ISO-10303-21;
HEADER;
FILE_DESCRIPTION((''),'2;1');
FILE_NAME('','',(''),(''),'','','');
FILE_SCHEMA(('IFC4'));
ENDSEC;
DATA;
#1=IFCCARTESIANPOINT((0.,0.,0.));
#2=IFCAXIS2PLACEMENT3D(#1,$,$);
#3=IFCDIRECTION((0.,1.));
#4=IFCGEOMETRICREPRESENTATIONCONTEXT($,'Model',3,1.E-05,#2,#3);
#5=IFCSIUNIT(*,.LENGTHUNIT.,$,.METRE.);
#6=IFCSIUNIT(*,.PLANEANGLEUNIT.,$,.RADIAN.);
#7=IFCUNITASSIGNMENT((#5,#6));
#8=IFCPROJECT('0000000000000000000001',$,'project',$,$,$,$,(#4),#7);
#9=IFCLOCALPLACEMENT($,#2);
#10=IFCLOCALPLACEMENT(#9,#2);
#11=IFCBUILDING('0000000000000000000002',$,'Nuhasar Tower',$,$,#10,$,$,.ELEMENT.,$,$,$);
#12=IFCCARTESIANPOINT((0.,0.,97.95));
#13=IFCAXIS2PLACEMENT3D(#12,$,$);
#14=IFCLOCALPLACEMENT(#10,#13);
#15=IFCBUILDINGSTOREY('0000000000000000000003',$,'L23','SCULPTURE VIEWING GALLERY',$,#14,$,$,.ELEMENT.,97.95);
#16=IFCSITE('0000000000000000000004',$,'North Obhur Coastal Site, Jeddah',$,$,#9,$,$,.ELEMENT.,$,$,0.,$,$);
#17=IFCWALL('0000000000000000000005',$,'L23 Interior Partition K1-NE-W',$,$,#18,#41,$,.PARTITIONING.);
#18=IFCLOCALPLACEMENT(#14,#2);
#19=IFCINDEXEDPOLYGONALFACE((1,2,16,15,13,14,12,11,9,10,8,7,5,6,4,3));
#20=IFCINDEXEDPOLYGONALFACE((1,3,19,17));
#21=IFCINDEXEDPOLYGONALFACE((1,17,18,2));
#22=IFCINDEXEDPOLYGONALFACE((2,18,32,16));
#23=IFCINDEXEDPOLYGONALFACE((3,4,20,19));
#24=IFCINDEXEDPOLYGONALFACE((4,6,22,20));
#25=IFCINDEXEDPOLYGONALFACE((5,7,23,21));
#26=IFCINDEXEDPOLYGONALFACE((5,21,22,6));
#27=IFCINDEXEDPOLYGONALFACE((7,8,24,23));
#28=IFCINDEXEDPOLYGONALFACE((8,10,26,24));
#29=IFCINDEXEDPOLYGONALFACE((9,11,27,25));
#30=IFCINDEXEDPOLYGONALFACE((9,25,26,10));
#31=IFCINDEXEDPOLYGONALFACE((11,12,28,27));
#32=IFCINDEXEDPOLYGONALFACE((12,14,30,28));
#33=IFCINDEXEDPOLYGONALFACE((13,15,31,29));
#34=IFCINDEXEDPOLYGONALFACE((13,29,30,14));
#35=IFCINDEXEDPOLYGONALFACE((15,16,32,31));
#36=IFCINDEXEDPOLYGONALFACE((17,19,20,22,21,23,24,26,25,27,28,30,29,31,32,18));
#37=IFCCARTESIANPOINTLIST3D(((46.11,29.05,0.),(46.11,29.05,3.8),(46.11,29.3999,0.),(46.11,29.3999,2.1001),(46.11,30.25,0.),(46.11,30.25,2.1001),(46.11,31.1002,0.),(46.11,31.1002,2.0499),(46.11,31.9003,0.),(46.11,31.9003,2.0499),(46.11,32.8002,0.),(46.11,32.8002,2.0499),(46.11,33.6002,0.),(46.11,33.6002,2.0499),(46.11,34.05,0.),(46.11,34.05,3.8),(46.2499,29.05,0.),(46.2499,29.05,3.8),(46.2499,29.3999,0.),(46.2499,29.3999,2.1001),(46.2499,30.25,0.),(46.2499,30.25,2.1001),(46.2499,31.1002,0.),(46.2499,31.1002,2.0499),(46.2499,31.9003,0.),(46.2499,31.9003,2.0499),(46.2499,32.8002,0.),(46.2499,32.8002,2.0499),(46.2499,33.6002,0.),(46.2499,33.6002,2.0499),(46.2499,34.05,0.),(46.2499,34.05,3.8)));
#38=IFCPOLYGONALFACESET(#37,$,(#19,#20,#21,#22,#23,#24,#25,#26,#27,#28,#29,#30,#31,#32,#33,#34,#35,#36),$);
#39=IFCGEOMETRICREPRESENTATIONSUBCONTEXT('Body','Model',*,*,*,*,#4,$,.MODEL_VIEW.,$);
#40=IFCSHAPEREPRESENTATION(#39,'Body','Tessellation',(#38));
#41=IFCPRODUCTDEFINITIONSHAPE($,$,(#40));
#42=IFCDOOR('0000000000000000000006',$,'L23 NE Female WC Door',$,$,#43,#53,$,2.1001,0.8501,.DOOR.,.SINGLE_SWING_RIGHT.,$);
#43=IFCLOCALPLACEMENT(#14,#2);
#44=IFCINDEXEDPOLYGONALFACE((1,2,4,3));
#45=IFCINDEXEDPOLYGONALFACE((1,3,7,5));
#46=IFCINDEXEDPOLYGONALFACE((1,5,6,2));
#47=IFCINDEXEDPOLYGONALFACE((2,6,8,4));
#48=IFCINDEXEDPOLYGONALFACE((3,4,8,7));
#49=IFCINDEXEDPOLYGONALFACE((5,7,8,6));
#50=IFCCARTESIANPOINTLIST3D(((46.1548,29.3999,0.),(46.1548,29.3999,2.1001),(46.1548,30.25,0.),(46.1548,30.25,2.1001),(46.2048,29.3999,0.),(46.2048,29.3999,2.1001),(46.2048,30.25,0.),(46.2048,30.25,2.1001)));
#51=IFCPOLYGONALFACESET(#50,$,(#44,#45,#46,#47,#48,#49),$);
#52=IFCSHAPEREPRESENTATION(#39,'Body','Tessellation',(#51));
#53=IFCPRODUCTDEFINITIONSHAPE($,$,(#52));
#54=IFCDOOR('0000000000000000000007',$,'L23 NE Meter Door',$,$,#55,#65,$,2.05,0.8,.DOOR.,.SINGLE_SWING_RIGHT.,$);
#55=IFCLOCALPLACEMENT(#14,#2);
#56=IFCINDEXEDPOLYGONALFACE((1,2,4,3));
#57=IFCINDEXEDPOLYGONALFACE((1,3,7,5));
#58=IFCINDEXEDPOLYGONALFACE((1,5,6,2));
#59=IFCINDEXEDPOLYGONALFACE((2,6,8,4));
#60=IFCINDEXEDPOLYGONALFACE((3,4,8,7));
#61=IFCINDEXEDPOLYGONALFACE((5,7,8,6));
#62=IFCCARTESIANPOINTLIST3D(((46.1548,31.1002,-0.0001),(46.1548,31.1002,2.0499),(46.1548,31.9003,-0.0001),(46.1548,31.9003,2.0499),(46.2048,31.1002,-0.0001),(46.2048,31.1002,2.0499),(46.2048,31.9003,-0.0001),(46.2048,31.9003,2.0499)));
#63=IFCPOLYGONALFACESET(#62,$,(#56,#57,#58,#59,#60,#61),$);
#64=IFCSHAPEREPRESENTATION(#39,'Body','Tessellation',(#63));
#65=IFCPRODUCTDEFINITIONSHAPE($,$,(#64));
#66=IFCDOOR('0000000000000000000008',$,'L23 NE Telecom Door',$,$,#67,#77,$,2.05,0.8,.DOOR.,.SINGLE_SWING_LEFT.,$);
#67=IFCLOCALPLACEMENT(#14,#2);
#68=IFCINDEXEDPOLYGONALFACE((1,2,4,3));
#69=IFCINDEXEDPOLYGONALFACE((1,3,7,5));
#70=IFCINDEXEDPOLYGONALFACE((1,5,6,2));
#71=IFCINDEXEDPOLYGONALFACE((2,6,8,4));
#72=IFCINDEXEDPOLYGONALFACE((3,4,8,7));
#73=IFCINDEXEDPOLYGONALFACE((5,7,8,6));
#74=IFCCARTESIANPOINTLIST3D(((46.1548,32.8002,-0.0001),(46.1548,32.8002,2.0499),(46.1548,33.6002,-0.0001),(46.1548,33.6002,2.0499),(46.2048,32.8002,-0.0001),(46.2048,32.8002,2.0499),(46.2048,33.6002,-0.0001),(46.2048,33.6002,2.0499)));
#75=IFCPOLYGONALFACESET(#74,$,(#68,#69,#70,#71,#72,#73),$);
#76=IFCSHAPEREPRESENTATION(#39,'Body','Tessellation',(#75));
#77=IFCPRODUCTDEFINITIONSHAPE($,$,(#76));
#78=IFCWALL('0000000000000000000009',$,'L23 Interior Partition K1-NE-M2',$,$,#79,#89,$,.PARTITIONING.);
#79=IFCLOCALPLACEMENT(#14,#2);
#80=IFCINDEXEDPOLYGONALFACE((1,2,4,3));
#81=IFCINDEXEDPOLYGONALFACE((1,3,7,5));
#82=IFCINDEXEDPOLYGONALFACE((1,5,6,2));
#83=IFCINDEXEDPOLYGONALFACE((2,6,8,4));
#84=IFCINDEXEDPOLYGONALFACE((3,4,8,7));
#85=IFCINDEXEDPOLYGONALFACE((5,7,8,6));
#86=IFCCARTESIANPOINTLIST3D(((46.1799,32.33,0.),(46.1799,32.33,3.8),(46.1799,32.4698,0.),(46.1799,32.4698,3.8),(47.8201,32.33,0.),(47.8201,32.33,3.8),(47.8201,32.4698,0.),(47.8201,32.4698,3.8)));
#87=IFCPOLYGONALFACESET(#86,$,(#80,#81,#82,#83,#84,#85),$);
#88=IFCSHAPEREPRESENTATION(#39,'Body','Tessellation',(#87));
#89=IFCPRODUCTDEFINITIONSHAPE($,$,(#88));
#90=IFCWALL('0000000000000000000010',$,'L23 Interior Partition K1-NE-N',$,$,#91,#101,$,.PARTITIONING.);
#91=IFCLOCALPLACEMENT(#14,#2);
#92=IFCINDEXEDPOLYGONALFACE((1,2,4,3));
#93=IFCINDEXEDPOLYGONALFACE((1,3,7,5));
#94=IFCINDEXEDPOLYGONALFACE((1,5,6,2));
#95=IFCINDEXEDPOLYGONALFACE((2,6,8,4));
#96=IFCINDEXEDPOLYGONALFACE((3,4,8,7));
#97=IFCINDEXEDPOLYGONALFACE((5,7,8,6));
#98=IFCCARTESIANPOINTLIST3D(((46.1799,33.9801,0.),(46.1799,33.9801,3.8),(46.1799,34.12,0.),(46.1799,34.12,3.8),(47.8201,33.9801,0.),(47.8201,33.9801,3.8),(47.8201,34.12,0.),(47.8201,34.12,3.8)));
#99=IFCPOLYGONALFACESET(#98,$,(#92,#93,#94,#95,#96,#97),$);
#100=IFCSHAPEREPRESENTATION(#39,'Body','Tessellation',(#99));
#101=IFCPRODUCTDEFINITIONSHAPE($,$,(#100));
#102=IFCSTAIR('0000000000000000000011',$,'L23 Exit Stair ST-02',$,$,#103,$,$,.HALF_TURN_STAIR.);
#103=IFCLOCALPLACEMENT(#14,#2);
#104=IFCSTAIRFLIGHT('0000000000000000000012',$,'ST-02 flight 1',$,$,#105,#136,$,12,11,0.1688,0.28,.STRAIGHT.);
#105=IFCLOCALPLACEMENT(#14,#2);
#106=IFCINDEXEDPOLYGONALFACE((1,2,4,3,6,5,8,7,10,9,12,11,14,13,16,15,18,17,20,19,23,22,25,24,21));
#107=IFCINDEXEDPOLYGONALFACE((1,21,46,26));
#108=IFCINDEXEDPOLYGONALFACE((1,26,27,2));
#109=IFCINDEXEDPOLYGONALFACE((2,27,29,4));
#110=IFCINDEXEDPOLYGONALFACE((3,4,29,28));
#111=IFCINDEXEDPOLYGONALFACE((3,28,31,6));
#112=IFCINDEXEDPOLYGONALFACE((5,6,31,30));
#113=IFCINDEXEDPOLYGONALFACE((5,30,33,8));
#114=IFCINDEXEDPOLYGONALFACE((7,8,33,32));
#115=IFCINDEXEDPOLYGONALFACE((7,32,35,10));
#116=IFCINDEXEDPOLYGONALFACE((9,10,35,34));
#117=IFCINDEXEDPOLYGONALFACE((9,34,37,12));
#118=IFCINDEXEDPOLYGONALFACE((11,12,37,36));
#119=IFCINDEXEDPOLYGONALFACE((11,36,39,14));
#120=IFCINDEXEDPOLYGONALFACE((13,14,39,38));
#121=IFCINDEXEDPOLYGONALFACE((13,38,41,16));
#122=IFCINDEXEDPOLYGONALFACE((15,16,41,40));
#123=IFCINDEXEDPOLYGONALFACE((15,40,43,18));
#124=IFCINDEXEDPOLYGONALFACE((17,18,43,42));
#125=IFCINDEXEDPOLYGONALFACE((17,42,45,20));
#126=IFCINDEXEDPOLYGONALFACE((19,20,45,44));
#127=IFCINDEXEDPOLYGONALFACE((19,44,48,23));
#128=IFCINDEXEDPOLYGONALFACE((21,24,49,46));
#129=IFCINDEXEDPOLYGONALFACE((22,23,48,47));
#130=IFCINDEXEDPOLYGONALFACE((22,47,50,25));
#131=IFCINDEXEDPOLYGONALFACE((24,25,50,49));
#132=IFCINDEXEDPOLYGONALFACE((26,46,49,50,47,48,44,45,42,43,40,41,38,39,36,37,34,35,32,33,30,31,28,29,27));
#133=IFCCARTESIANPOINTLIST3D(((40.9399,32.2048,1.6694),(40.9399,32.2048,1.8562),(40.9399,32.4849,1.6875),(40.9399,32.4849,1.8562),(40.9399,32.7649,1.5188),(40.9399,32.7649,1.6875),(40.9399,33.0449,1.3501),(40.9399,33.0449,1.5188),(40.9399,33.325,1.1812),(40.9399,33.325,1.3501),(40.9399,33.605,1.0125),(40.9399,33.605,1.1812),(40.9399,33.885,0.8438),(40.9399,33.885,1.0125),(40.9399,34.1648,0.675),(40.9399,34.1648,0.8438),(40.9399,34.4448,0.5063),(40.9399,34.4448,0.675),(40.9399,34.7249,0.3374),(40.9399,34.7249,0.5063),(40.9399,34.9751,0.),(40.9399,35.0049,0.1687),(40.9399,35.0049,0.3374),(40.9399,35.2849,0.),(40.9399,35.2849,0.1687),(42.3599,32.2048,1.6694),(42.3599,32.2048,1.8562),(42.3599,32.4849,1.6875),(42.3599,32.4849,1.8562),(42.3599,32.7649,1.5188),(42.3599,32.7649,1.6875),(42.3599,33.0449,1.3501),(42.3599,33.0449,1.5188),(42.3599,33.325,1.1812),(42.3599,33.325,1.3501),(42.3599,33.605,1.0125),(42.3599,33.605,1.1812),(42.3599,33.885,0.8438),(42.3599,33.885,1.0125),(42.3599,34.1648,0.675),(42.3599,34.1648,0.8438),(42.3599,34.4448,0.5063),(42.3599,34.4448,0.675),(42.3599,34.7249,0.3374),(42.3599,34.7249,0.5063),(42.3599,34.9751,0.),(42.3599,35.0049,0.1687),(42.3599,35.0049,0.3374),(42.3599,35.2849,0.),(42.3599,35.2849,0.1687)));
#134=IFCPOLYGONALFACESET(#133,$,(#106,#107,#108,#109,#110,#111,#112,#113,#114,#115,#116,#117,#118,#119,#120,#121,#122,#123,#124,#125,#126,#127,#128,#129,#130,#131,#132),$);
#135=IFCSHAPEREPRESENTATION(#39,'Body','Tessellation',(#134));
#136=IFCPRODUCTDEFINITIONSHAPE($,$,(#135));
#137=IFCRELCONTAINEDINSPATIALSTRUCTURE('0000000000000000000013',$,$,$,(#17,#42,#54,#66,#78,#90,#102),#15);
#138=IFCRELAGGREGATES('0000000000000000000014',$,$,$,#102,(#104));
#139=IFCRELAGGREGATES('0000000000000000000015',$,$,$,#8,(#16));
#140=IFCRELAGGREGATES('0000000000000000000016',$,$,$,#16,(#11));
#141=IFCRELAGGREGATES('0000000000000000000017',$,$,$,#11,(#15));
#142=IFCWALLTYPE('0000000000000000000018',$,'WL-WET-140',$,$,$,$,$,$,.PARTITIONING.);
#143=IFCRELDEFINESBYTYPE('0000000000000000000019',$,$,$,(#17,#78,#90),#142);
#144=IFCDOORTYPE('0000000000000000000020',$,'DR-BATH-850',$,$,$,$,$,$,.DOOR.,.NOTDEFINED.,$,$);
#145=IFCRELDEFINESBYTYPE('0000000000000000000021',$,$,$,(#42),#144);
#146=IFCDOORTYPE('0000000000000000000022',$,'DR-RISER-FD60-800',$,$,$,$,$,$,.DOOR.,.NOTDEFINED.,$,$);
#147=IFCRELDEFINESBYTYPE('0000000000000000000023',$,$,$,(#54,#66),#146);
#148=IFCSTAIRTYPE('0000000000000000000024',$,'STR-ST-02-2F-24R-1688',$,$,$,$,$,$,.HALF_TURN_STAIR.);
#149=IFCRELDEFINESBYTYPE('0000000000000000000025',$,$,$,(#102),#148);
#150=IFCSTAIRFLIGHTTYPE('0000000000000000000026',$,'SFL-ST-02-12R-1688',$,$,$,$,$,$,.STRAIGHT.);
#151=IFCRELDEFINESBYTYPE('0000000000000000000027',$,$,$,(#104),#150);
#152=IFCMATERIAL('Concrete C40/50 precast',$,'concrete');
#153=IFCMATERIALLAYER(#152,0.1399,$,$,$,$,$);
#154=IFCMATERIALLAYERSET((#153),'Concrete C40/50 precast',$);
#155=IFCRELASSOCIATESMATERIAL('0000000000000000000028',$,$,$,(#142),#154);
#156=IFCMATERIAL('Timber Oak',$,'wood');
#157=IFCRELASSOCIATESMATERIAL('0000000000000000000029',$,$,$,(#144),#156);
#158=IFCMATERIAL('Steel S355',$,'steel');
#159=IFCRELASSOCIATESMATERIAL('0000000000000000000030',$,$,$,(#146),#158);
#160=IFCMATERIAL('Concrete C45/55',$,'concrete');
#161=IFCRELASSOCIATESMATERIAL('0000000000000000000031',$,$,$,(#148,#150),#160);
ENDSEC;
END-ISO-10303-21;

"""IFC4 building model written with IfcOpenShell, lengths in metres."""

from ifc_helpers import new_model, si_unit, direction, frame, frame_2d, origin, place, context, subcontext, project, spatial, polyline, rectangle, outline, extrude, material, layer, layer_set, type_object, element, fill, aggregate, save


model = new_model("IFC4")

# Units and contexts
model_context = context("Model", 3, precision=1e-05, world=origin(), true_north=direction((0.0, 1.0)))
body_context = subcontext(model_context, "Body", "Model", "MODEL_VIEW")
ifc_project = project(units=[si_unit("LENGTHUNIT", "METRE"), si_unit("PLANEANGLEUNIT", "RADIAN")], contexts=[model_context])

# Site, building, storey
site_placement = place(None, origin())
site = spatial("IfcSite", under=ifc_project, at=site_placement, Name="North Obhur Coastal Site, Jeddah", CompositionType="ELEMENT", RefElevation=0.0)
building_placement = place(site_placement, origin())
building = spatial("IfcBuilding", under=site, at=building_placement, Name="Nuhasar Tower", CompositionType="ELEMENT")
storey_placement = place(building_placement, frame((0.0, 0.0, 97.95)))
storey = spatial("IfcBuildingStorey", under=building, at=storey_placement, Name="L23", Description="SCULPTURE VIEWING GALLERY", CompositionType="ELEMENT", Elevation=97.95)

# Shared definitions
ifc_material_1 = material(Name="Steel S355", Category="steel")

# Shared definitions
ifc_material_2 = material(Name="Concrete C45/55", Category="concrete")

# Wall, openings, doors
ifc_material_3 = material(Name="Concrete C40/50 precast", Category="concrete")
ifc_layer_1 = layer(ifc_material_3, 0.1399)
ifc_layer_set_1 = layer_set([ifc_layer_1], Name="Concrete C40/50 precast")
wall_type_1 = type_object("IfcWallType", Name="WL-WET-140", PredefinedType="PARTITIONING", material=ifc_layer_set_1)
wall_1_placement = place(storey_placement, frame((46.1799, 34.05, 0.0), z_axis=(0.0, 0.0, 1.0), x_axis=(0.0, -1.0, 0.0)))
wall_1 = element("IfcWall", 1, at=wall_1_placement, inside=storey, type_object=wall_type_1, Name="L23 Interior Partition K1-NE-W", PredefinedType="PARTITIONING", context=body_context, shape_type="SweptSolid", body=[
    extrude(rectangle(XDim=5.0, YDim=0.1399, at=frame_2d((2.5, 0.0))), origin(), (0.0, 0.0, 1.0), 3.8),
])
opening_1_placement = place(wall_1_placement, frame((3.8, 0.0, 0.0)))
opening_1 = element("IfcOpeningElement", 2, at=opening_1_placement, cuts=wall_1, PredefinedType="OPENING", context=body_context, shape_type="SweptSolid", body=[
    extrude(rectangle(XDim=0.8501, YDim=2.1001, at=frame_2d((0.425, 1.05))), frame((0.0, 0.0801, 0.0), z_axis=(0.0, -1.0, 0.0), x_axis=(1.0, 0.0, 0.0)), (0.0, 0.0, 1.0), 0.1599),
])
opening_2_placement = place(wall_1_placement, frame((2.1499, 0.0, 0.0)))
opening_2 = element("IfcOpeningElement", 3, at=opening_2_placement, cuts=wall_1, PredefinedType="OPENING", context=body_context, shape_type="SweptSolid", body=[
    extrude(rectangle(XDim=0.8, YDim=2.05, at=frame_2d((0.3999, 1.0249))), frame((0.0, 0.0801, 0.0), z_axis=(0.0, -1.0, 0.0), x_axis=(1.0, 0.0, 0.0)), (0.0, 0.0, 1.0), 0.1599),
])
opening_3_placement = place(wall_1_placement, frame((0.45, 0.0, 0.0)))
opening_3 = element("IfcOpeningElement", 4, at=opening_3_placement, cuts=wall_1, PredefinedType="OPENING", context=body_context, shape_type="SweptSolid", body=[
    extrude(rectangle(XDim=0.8, YDim=2.05, at=frame_2d((0.3999, 1.0249))), frame((0.0, 0.0801, 0.0), z_axis=(0.0, -1.0, 0.0), x_axis=(1.0, 0.0, 0.0)), (0.0, 0.0, 1.0), 0.1599),
])
ifc_material_4 = material(Name="Timber Oak", Category="wood")
door_type_1 = type_object("IfcDoorType", Name="DR-BATH-850", OperationType="NOTDEFINED", PredefinedType="DOOR", material=ifc_material_4)
door_1_placement = place(opening_1_placement, origin())
door_1 = element("IfcDoor", 5, at=door_1_placement, inside=storey, type_object=door_type_1, Name="L23 NE Female WC Door", OperationType="SINGLE_SWING_RIGHT", OverallHeight=2.1001, OverallWidth=0.8501, PredefinedType="DOOR", context=body_context, shape_type="SweptSolid", body=[
    extrude(rectangle(XDim=0.8501, YDim=2.1001, at=frame_2d((0.425, 1.05))), frame((0.0, 0.0249, 0.0), z_axis=(0.0, -1.0, 0.0), x_axis=(1.0, 0.0, 0.0)), (0.0, 0.0, 1.0), 0.05),
])
fill(opening_1, door_1)
door_type_2 = type_object("IfcDoorType", Name="DR-RISER-FD60-800", OperationType="NOTDEFINED", PredefinedType="DOOR", material=ifc_material_1)
door_2_placement = place(opening_2_placement, origin())
door_2 = element("IfcDoor", 6, at=door_2_placement, inside=storey, type_object=door_type_2, Name="L23 NE Meter Door", OperationType="SINGLE_SWING_RIGHT", OverallHeight=2.05, OverallWidth=0.8, PredefinedType="DOOR", context=body_context, shape_type="SweptSolid", body=[
    extrude(rectangle(XDim=0.8, YDim=2.05, at=frame_2d((0.3999, 1.0249))), frame((0.0, 0.0249, 0.0), z_axis=(0.0, -1.0, 0.0), x_axis=(1.0, 0.0, 0.0)), (0.0, 0.0, 1.0), 0.05),
])
fill(opening_2, door_2)
door_3_placement = place(opening_3_placement, origin())
door_3 = element("IfcDoor", 7, at=door_3_placement, inside=storey, type_object=door_type_2, Name="L23 NE Telecom Door", OperationType="SINGLE_SWING_LEFT", OverallHeight=2.05, OverallWidth=0.8, PredefinedType="DOOR", context=body_context, shape_type="SweptSolid", body=[
    extrude(rectangle(XDim=0.8, YDim=2.05, at=frame_2d((0.3999, 1.0249))), frame((0.0, 0.0249, 0.0), z_axis=(0.0, -1.0, 0.0), x_axis=(1.0, 0.0, 0.0)), (0.0, 0.0, 1.0), 0.05),
])
fill(opening_3, door_3)

# Walls
for number, where, z_axis, x_axis, name in (
    (8, (46.1799, 32.3999, 0.0), (0.0, 0.0, 1.0), (1.0, 0.0, 0.0), "L23 Interior Partition K1-NE-M2"),
    (9, (46.1799, 34.05, 0.0), (0.0, 0.0, 1.0), (1.0, 0.0, 0.0), "L23 Interior Partition K1-NE-N"),
):
    element("IfcWall", number, at=place(storey_placement, frame(where, z_axis=z_axis, x_axis=x_axis)), inside=storey, type_object=wall_type_1, Name=name, PredefinedType="PARTITIONING", context=body_context, shape_type="SweptSolid", body=[
        extrude(rectangle(XDim=1.6401, YDim=0.1399, at=frame_2d((0.8201, 0.0))), origin(), (0.0, 0.0, 1.0), 3.8),
    ])

# Stair, stair flight
stair_type = type_object("IfcStairType", Name="STR-ST-02-2F-24R-1688", PredefinedType="HALF_TURN_STAIR", material=ifc_material_2)
stair_placement = place(storey_placement, origin())
stair = element("IfcStair", 10, at=stair_placement, inside=storey, type_object=stair_type, Name="L23 Exit Stair ST-02", PredefinedType="HALF_TURN_STAIR")
stair_flight_type = type_object("IfcStairFlightType", Name="SFL-ST-02-12R-1688", PredefinedType="STRAIGHT", material=ifc_material_2)
stair_flight_placement = place(storey_placement, frame((41.6499, 35.2849, 0.0), z_axis=(0.0, 0.0, 1.0), x_axis=(0.0, -1.0, 0.0)))
stair_flight = element("IfcStairFlight", 11, at=stair_flight_placement, type_object=stair_flight_type, Name="ST-02 flight 1", NumberOfRisers=12, NumberOfTreads=11, PredefinedType="STRAIGHT", RiserHeight=0.1688, TreadLength=0.28, context=body_context, shape_type="SweptSolid", body=[
    extrude(outline(polyline([(0.0, 0.0), (0.0, 0.1687), (0.28, 0.1687), (0.28, 0.3374), (0.5601, 0.3374), (0.5601, 0.5063), (0.8401, 0.5063), (0.8401, 0.675), (1.1201, 0.675), (1.1201, 0.8438), (1.3999, 0.8438), (1.3999, 1.0125), (1.6799, 1.0125), (1.6799, 1.1812), (1.96, 1.1812), (1.96, 1.3501), (2.24, 1.3501), (2.24, 1.5188), (2.52, 1.5188), (2.52, 1.6875), (2.8, 1.6875), (2.8, 1.8562), (3.0801, 1.8562), (3.0801, 2.0249), (3.0801, 1.6694), (0.3098, 0.0), (0.0, 0.0)])), frame((0.0, 0.71, 0.0), z_axis=(0.0, -1.0, 0.0), x_axis=(1.0, 0.0, 0.0)), (0.0, 0.0, 1.0), 1.4199),
])
aggregate(stair, [stair_flight])

save(model, "model.ifc")
